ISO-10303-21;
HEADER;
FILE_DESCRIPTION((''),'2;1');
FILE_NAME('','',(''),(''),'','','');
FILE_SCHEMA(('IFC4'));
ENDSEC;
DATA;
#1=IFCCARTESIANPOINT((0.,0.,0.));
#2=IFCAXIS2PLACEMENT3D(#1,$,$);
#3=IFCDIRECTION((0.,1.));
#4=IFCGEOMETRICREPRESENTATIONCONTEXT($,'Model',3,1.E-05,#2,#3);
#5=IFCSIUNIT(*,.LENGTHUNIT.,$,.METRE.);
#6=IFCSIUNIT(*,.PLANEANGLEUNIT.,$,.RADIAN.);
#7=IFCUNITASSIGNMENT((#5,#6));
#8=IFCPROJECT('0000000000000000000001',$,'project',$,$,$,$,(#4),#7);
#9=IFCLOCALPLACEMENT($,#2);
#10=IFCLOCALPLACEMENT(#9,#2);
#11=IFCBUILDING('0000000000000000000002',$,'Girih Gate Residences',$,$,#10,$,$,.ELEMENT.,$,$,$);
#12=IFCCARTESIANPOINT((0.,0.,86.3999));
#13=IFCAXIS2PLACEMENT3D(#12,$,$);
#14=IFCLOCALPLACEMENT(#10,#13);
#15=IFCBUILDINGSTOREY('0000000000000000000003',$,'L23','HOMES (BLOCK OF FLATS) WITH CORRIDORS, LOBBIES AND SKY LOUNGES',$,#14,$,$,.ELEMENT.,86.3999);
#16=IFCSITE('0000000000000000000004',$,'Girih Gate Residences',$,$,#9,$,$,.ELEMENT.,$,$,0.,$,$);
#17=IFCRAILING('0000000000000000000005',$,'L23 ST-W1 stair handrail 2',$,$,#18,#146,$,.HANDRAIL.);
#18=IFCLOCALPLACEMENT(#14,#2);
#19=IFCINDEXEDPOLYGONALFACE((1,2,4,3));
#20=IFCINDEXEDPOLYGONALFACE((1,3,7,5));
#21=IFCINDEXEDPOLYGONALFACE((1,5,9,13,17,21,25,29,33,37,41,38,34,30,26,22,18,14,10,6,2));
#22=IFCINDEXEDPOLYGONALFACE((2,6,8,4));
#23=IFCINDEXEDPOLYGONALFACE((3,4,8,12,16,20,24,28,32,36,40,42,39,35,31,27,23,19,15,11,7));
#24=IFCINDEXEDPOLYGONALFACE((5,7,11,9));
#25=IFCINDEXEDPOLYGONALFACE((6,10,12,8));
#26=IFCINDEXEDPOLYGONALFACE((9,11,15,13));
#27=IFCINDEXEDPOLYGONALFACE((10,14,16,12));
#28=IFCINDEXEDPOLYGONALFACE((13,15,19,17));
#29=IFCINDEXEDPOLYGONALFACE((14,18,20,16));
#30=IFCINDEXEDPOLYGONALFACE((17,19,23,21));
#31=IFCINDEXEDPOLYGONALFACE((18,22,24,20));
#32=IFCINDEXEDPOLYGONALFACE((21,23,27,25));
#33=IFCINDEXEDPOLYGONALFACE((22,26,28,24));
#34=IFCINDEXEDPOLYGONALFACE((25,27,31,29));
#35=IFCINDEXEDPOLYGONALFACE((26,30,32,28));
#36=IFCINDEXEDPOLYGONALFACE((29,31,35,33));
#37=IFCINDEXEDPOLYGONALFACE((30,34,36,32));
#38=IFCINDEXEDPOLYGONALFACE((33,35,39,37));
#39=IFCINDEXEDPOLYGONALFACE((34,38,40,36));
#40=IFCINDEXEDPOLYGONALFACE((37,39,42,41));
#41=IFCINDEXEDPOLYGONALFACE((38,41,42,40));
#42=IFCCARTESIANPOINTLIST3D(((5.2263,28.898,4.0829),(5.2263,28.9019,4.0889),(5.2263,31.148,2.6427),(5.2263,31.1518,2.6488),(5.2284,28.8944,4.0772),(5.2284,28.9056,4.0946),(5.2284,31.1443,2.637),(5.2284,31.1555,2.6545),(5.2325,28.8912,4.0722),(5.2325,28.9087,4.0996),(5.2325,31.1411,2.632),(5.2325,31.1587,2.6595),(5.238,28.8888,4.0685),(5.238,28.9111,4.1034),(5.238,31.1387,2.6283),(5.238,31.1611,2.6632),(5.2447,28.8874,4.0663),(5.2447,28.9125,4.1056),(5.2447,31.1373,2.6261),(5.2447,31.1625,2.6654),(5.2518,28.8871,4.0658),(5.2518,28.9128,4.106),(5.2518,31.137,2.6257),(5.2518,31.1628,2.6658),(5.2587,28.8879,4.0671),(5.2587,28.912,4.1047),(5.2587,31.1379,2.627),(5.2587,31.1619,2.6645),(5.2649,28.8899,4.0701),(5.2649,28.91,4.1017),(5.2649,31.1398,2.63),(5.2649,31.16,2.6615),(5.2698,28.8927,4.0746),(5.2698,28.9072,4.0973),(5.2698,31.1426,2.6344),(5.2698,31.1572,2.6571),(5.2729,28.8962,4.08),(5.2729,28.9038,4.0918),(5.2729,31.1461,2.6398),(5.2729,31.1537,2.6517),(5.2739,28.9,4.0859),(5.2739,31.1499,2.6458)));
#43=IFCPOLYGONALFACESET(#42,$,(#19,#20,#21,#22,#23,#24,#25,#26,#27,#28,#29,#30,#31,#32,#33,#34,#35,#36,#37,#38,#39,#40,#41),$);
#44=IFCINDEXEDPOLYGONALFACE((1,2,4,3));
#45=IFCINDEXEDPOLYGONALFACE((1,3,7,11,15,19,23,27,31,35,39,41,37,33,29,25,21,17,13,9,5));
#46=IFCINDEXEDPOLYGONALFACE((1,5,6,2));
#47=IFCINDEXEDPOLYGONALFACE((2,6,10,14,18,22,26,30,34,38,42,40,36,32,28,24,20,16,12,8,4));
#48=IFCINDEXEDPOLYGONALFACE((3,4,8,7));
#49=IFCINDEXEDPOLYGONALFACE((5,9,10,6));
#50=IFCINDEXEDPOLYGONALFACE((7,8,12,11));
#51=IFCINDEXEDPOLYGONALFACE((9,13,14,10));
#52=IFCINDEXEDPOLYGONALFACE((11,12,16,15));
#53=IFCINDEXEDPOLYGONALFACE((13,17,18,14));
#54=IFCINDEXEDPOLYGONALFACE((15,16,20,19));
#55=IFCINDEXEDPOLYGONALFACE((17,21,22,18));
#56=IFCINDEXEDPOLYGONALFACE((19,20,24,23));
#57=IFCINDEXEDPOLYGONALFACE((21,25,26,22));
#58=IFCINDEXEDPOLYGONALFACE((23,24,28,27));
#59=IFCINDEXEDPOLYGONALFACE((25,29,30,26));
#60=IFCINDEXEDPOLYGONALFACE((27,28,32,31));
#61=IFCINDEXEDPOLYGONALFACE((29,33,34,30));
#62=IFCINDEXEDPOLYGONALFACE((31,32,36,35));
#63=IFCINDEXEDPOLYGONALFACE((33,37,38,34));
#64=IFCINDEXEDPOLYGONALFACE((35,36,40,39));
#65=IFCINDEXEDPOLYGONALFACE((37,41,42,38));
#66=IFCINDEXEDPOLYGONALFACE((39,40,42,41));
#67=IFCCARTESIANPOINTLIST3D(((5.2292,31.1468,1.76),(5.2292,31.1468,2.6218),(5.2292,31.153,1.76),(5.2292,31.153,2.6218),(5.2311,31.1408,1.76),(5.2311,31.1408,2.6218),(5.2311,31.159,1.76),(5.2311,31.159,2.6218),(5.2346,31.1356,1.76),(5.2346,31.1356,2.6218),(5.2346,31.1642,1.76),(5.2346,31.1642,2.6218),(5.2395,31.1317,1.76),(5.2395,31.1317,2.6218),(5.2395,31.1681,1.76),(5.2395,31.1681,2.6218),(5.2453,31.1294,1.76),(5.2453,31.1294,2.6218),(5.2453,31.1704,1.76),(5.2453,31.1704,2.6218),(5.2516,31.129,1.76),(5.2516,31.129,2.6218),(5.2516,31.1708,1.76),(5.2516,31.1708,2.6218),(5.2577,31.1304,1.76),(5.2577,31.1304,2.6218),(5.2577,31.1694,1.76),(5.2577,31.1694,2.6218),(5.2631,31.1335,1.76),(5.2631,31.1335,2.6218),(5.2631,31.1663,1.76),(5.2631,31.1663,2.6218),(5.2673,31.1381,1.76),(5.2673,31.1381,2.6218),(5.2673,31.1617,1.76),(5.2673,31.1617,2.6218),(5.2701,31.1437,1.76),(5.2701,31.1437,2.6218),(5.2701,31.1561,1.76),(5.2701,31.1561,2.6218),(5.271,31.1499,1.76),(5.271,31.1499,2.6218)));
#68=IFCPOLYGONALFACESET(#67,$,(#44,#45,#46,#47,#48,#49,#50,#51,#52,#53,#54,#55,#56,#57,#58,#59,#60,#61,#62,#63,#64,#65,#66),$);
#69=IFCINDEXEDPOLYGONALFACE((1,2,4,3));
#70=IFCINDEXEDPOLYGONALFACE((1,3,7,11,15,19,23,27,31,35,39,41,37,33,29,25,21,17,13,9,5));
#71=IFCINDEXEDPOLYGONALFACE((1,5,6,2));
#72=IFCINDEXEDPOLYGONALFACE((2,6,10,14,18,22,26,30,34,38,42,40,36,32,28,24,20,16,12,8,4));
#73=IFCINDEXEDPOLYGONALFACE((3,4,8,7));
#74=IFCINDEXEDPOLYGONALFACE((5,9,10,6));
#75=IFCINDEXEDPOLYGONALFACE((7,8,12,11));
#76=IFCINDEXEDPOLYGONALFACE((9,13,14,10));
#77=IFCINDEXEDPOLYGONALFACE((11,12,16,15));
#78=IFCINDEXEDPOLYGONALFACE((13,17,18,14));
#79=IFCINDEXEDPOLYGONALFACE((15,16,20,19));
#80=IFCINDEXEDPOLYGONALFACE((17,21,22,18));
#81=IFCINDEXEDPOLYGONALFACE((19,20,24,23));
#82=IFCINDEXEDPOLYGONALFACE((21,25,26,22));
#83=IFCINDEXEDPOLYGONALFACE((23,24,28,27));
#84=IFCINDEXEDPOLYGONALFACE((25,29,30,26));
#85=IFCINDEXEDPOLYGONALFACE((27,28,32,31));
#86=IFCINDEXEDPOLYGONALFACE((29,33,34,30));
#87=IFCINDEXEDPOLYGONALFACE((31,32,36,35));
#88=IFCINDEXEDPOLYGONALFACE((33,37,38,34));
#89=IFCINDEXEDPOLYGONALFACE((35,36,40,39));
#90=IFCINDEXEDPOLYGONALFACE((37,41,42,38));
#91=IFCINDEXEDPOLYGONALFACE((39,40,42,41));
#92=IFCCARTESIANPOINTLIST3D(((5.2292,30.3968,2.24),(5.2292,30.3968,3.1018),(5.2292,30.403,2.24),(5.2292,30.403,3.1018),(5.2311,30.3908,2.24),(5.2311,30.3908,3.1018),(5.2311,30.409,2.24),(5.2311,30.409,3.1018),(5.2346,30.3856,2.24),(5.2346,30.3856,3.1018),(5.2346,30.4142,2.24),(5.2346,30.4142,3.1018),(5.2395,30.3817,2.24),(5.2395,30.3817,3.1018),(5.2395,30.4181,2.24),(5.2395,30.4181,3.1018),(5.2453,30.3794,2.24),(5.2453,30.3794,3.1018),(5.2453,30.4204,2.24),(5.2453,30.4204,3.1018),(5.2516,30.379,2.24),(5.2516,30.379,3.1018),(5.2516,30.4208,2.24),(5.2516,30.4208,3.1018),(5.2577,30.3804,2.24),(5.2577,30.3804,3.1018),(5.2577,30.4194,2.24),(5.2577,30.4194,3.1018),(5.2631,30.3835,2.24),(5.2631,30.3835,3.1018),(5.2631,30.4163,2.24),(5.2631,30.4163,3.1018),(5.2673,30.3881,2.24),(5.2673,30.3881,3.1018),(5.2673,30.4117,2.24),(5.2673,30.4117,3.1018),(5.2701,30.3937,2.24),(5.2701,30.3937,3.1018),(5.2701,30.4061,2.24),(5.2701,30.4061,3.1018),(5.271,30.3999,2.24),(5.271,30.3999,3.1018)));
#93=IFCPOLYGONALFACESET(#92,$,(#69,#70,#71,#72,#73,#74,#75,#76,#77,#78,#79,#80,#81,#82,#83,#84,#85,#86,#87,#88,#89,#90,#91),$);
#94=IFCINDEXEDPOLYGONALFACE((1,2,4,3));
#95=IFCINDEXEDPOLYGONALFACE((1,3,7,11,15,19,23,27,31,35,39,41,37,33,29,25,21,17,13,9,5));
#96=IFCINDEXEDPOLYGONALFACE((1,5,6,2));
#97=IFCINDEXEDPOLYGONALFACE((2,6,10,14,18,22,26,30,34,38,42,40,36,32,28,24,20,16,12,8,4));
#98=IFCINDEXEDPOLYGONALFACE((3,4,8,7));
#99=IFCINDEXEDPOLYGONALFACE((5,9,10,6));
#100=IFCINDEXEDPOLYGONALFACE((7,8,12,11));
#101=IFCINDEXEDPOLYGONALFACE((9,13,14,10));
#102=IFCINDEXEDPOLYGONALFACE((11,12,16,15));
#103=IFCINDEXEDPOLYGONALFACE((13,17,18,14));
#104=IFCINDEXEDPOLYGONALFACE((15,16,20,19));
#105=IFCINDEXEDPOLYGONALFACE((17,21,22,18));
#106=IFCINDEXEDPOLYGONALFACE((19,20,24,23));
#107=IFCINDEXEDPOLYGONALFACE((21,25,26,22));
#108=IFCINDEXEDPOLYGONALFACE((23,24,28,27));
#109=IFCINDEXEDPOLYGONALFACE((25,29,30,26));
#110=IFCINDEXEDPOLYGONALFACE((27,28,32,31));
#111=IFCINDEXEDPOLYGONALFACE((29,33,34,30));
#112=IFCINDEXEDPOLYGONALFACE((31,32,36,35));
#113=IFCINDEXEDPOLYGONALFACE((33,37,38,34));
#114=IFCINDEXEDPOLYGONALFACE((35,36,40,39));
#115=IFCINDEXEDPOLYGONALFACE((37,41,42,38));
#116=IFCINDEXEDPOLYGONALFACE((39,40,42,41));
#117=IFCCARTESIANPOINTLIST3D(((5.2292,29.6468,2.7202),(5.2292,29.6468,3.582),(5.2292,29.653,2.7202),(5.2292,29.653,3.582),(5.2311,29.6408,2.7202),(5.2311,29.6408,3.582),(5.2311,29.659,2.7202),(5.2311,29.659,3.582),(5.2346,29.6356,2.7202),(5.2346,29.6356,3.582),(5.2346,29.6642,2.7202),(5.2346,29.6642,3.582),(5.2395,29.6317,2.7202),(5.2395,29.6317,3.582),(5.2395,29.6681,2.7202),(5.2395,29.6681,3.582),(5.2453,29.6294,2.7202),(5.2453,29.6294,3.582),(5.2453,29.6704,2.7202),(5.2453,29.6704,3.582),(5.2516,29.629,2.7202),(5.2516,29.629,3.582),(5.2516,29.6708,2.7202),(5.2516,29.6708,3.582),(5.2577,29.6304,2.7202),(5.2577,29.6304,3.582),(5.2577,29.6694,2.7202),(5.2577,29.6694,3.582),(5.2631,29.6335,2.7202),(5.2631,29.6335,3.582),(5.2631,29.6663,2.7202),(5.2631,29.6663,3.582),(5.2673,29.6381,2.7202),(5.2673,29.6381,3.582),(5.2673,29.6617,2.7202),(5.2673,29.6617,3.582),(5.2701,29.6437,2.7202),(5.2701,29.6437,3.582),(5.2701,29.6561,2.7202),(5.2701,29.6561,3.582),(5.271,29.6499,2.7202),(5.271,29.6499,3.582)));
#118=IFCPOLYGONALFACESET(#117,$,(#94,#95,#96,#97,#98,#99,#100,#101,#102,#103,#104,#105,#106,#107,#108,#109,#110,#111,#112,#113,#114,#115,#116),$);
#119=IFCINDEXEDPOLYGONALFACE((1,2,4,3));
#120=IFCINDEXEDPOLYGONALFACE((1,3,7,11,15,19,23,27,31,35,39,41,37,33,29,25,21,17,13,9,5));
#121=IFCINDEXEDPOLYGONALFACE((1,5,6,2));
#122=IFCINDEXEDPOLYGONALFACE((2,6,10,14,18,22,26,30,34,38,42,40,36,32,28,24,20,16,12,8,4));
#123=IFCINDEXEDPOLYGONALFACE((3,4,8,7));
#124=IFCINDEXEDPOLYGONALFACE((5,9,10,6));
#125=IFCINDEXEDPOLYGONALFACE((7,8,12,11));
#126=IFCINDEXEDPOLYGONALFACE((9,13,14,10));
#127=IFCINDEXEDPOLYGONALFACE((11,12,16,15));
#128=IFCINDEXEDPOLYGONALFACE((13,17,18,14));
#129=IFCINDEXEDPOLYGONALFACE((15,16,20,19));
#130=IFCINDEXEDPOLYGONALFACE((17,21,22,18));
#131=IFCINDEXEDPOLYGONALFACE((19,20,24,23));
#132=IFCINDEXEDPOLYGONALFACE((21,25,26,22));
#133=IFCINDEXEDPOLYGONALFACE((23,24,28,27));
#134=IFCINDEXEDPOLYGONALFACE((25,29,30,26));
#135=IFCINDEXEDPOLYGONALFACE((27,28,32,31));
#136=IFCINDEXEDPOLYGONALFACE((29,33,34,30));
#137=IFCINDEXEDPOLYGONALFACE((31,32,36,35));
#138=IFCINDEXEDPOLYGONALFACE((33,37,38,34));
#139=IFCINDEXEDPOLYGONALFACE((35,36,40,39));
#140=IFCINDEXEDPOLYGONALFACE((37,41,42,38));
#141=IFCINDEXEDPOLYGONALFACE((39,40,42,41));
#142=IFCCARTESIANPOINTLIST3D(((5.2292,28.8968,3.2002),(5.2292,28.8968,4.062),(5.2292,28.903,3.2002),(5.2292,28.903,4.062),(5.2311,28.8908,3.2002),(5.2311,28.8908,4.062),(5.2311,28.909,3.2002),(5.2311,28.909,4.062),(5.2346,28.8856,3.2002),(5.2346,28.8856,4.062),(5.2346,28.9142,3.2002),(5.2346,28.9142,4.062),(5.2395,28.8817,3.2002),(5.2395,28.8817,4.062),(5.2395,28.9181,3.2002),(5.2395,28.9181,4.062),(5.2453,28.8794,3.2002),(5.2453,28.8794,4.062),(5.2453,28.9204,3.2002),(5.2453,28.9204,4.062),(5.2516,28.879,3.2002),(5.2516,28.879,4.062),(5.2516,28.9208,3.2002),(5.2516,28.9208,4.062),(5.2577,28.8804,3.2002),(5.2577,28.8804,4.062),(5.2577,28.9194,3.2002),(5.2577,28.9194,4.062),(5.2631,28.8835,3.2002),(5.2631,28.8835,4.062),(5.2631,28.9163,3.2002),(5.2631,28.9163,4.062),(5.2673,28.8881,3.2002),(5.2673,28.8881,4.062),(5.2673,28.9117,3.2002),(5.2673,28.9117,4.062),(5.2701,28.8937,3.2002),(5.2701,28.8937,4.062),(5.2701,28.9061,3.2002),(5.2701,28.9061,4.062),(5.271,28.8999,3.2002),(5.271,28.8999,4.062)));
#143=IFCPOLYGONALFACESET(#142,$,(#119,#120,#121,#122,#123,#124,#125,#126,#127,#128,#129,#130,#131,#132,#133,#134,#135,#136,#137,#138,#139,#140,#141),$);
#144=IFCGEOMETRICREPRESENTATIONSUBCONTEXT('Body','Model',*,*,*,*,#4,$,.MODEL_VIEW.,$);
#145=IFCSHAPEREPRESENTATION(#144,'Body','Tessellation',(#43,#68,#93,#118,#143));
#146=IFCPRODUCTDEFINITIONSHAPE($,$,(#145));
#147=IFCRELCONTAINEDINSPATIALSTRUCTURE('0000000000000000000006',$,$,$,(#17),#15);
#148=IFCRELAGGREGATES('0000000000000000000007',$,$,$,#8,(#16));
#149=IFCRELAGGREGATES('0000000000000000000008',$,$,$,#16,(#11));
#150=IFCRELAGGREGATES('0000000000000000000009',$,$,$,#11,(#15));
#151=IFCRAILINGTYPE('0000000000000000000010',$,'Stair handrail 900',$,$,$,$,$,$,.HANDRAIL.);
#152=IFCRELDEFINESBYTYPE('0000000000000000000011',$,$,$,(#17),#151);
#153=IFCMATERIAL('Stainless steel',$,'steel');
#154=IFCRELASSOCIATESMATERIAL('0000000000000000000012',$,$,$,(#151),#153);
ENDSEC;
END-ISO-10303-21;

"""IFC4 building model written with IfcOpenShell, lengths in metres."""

from ifc_helpers import new_model, si_unit, direction, frame, origin, origin_2d, place, context, subcontext, project, spatial, circle, extrude, material, type_object, element, save


model = new_model("IFC4")

# Units and contexts
model_context = context("Model", 3, precision=1e-05, world=origin(), true_north=direction((0.0, 1.0)))
body_context = subcontext(model_context, "Body", "Model", "MODEL_VIEW")
ifc_project = project(units=[si_unit("LENGTHUNIT", "METRE"), si_unit("PLANEANGLEUNIT", "RADIAN")], contexts=[model_context])

# Site, building, storey
site_placement = place(None, origin())
site = spatial("IfcSite", under=ifc_project, at=site_placement, Name="Girih Gate Residences", CompositionType="ELEMENT", RefElevation=0.0)
building_placement = place(site_placement, origin())
building = spatial("IfcBuilding", under=site, at=building_placement, Name="Girih Gate Residences", CompositionType="ELEMENT")
storey_placement = place(building_placement, frame((0.0, 0.0, 86.3999)))
storey = spatial("IfcBuildingStorey", under=building, at=storey_placement, Name="L23", Description="HOMES (BLOCK OF FLATS) WITH CORRIDORS, LOBBIES AND SKY LOUNGES", CompositionType="ELEMENT", Elevation=86.3999)

# Railing
ifc_material_1 = material(Name="Stainless steel", Category="steel")
railing_type_1 = type_object("IfcRailingType", Name="Stair handrail 900", PredefinedType="HANDRAIL", material=ifc_material_1)
railing_1_placement = place(storey_placement, frame((5.25, 31.1499, 1.76)))
element("IfcRailing", 1, at=railing_1_placement, inside=storey, type_object=railing_type_1, Name="L23 ST-W1 stair handrail 2", PredefinedType="HANDRAIL", context=body_context, shape_type="SweptSolid", body=[
    extrude(circle(Radius=0.0239, at=origin_2d()), frame((0.0, 0.0, 0.8857), z_axis=(0.0, -0.84224, 0.539103), x_axis=(1.0, 0.0, 0.0)), (0.0, 0.0, 1.0), 2.6714),
    extrude(circle(Radius=0.021, at=origin_2d()), origin(), (0.0, 0.0, 1.0), 0.8618),
    extrude(circle(Radius=0.021, at=origin_2d()), frame((0.0, -0.75, 0.48)), (0.0, 0.0, 1.0), 0.8618),
    extrude(circle(Radius=0.021, at=origin_2d()), frame((0.0, -1.5, 0.9602)), (0.0, 0.0, 1.0), 0.8618),
    extrude(circle(Radius=0.021, at=origin_2d()), frame((0.0, -2.25, 1.4402)), (0.0, 0.0, 1.0), 0.8618),
])

save(model, "model.ifc")
